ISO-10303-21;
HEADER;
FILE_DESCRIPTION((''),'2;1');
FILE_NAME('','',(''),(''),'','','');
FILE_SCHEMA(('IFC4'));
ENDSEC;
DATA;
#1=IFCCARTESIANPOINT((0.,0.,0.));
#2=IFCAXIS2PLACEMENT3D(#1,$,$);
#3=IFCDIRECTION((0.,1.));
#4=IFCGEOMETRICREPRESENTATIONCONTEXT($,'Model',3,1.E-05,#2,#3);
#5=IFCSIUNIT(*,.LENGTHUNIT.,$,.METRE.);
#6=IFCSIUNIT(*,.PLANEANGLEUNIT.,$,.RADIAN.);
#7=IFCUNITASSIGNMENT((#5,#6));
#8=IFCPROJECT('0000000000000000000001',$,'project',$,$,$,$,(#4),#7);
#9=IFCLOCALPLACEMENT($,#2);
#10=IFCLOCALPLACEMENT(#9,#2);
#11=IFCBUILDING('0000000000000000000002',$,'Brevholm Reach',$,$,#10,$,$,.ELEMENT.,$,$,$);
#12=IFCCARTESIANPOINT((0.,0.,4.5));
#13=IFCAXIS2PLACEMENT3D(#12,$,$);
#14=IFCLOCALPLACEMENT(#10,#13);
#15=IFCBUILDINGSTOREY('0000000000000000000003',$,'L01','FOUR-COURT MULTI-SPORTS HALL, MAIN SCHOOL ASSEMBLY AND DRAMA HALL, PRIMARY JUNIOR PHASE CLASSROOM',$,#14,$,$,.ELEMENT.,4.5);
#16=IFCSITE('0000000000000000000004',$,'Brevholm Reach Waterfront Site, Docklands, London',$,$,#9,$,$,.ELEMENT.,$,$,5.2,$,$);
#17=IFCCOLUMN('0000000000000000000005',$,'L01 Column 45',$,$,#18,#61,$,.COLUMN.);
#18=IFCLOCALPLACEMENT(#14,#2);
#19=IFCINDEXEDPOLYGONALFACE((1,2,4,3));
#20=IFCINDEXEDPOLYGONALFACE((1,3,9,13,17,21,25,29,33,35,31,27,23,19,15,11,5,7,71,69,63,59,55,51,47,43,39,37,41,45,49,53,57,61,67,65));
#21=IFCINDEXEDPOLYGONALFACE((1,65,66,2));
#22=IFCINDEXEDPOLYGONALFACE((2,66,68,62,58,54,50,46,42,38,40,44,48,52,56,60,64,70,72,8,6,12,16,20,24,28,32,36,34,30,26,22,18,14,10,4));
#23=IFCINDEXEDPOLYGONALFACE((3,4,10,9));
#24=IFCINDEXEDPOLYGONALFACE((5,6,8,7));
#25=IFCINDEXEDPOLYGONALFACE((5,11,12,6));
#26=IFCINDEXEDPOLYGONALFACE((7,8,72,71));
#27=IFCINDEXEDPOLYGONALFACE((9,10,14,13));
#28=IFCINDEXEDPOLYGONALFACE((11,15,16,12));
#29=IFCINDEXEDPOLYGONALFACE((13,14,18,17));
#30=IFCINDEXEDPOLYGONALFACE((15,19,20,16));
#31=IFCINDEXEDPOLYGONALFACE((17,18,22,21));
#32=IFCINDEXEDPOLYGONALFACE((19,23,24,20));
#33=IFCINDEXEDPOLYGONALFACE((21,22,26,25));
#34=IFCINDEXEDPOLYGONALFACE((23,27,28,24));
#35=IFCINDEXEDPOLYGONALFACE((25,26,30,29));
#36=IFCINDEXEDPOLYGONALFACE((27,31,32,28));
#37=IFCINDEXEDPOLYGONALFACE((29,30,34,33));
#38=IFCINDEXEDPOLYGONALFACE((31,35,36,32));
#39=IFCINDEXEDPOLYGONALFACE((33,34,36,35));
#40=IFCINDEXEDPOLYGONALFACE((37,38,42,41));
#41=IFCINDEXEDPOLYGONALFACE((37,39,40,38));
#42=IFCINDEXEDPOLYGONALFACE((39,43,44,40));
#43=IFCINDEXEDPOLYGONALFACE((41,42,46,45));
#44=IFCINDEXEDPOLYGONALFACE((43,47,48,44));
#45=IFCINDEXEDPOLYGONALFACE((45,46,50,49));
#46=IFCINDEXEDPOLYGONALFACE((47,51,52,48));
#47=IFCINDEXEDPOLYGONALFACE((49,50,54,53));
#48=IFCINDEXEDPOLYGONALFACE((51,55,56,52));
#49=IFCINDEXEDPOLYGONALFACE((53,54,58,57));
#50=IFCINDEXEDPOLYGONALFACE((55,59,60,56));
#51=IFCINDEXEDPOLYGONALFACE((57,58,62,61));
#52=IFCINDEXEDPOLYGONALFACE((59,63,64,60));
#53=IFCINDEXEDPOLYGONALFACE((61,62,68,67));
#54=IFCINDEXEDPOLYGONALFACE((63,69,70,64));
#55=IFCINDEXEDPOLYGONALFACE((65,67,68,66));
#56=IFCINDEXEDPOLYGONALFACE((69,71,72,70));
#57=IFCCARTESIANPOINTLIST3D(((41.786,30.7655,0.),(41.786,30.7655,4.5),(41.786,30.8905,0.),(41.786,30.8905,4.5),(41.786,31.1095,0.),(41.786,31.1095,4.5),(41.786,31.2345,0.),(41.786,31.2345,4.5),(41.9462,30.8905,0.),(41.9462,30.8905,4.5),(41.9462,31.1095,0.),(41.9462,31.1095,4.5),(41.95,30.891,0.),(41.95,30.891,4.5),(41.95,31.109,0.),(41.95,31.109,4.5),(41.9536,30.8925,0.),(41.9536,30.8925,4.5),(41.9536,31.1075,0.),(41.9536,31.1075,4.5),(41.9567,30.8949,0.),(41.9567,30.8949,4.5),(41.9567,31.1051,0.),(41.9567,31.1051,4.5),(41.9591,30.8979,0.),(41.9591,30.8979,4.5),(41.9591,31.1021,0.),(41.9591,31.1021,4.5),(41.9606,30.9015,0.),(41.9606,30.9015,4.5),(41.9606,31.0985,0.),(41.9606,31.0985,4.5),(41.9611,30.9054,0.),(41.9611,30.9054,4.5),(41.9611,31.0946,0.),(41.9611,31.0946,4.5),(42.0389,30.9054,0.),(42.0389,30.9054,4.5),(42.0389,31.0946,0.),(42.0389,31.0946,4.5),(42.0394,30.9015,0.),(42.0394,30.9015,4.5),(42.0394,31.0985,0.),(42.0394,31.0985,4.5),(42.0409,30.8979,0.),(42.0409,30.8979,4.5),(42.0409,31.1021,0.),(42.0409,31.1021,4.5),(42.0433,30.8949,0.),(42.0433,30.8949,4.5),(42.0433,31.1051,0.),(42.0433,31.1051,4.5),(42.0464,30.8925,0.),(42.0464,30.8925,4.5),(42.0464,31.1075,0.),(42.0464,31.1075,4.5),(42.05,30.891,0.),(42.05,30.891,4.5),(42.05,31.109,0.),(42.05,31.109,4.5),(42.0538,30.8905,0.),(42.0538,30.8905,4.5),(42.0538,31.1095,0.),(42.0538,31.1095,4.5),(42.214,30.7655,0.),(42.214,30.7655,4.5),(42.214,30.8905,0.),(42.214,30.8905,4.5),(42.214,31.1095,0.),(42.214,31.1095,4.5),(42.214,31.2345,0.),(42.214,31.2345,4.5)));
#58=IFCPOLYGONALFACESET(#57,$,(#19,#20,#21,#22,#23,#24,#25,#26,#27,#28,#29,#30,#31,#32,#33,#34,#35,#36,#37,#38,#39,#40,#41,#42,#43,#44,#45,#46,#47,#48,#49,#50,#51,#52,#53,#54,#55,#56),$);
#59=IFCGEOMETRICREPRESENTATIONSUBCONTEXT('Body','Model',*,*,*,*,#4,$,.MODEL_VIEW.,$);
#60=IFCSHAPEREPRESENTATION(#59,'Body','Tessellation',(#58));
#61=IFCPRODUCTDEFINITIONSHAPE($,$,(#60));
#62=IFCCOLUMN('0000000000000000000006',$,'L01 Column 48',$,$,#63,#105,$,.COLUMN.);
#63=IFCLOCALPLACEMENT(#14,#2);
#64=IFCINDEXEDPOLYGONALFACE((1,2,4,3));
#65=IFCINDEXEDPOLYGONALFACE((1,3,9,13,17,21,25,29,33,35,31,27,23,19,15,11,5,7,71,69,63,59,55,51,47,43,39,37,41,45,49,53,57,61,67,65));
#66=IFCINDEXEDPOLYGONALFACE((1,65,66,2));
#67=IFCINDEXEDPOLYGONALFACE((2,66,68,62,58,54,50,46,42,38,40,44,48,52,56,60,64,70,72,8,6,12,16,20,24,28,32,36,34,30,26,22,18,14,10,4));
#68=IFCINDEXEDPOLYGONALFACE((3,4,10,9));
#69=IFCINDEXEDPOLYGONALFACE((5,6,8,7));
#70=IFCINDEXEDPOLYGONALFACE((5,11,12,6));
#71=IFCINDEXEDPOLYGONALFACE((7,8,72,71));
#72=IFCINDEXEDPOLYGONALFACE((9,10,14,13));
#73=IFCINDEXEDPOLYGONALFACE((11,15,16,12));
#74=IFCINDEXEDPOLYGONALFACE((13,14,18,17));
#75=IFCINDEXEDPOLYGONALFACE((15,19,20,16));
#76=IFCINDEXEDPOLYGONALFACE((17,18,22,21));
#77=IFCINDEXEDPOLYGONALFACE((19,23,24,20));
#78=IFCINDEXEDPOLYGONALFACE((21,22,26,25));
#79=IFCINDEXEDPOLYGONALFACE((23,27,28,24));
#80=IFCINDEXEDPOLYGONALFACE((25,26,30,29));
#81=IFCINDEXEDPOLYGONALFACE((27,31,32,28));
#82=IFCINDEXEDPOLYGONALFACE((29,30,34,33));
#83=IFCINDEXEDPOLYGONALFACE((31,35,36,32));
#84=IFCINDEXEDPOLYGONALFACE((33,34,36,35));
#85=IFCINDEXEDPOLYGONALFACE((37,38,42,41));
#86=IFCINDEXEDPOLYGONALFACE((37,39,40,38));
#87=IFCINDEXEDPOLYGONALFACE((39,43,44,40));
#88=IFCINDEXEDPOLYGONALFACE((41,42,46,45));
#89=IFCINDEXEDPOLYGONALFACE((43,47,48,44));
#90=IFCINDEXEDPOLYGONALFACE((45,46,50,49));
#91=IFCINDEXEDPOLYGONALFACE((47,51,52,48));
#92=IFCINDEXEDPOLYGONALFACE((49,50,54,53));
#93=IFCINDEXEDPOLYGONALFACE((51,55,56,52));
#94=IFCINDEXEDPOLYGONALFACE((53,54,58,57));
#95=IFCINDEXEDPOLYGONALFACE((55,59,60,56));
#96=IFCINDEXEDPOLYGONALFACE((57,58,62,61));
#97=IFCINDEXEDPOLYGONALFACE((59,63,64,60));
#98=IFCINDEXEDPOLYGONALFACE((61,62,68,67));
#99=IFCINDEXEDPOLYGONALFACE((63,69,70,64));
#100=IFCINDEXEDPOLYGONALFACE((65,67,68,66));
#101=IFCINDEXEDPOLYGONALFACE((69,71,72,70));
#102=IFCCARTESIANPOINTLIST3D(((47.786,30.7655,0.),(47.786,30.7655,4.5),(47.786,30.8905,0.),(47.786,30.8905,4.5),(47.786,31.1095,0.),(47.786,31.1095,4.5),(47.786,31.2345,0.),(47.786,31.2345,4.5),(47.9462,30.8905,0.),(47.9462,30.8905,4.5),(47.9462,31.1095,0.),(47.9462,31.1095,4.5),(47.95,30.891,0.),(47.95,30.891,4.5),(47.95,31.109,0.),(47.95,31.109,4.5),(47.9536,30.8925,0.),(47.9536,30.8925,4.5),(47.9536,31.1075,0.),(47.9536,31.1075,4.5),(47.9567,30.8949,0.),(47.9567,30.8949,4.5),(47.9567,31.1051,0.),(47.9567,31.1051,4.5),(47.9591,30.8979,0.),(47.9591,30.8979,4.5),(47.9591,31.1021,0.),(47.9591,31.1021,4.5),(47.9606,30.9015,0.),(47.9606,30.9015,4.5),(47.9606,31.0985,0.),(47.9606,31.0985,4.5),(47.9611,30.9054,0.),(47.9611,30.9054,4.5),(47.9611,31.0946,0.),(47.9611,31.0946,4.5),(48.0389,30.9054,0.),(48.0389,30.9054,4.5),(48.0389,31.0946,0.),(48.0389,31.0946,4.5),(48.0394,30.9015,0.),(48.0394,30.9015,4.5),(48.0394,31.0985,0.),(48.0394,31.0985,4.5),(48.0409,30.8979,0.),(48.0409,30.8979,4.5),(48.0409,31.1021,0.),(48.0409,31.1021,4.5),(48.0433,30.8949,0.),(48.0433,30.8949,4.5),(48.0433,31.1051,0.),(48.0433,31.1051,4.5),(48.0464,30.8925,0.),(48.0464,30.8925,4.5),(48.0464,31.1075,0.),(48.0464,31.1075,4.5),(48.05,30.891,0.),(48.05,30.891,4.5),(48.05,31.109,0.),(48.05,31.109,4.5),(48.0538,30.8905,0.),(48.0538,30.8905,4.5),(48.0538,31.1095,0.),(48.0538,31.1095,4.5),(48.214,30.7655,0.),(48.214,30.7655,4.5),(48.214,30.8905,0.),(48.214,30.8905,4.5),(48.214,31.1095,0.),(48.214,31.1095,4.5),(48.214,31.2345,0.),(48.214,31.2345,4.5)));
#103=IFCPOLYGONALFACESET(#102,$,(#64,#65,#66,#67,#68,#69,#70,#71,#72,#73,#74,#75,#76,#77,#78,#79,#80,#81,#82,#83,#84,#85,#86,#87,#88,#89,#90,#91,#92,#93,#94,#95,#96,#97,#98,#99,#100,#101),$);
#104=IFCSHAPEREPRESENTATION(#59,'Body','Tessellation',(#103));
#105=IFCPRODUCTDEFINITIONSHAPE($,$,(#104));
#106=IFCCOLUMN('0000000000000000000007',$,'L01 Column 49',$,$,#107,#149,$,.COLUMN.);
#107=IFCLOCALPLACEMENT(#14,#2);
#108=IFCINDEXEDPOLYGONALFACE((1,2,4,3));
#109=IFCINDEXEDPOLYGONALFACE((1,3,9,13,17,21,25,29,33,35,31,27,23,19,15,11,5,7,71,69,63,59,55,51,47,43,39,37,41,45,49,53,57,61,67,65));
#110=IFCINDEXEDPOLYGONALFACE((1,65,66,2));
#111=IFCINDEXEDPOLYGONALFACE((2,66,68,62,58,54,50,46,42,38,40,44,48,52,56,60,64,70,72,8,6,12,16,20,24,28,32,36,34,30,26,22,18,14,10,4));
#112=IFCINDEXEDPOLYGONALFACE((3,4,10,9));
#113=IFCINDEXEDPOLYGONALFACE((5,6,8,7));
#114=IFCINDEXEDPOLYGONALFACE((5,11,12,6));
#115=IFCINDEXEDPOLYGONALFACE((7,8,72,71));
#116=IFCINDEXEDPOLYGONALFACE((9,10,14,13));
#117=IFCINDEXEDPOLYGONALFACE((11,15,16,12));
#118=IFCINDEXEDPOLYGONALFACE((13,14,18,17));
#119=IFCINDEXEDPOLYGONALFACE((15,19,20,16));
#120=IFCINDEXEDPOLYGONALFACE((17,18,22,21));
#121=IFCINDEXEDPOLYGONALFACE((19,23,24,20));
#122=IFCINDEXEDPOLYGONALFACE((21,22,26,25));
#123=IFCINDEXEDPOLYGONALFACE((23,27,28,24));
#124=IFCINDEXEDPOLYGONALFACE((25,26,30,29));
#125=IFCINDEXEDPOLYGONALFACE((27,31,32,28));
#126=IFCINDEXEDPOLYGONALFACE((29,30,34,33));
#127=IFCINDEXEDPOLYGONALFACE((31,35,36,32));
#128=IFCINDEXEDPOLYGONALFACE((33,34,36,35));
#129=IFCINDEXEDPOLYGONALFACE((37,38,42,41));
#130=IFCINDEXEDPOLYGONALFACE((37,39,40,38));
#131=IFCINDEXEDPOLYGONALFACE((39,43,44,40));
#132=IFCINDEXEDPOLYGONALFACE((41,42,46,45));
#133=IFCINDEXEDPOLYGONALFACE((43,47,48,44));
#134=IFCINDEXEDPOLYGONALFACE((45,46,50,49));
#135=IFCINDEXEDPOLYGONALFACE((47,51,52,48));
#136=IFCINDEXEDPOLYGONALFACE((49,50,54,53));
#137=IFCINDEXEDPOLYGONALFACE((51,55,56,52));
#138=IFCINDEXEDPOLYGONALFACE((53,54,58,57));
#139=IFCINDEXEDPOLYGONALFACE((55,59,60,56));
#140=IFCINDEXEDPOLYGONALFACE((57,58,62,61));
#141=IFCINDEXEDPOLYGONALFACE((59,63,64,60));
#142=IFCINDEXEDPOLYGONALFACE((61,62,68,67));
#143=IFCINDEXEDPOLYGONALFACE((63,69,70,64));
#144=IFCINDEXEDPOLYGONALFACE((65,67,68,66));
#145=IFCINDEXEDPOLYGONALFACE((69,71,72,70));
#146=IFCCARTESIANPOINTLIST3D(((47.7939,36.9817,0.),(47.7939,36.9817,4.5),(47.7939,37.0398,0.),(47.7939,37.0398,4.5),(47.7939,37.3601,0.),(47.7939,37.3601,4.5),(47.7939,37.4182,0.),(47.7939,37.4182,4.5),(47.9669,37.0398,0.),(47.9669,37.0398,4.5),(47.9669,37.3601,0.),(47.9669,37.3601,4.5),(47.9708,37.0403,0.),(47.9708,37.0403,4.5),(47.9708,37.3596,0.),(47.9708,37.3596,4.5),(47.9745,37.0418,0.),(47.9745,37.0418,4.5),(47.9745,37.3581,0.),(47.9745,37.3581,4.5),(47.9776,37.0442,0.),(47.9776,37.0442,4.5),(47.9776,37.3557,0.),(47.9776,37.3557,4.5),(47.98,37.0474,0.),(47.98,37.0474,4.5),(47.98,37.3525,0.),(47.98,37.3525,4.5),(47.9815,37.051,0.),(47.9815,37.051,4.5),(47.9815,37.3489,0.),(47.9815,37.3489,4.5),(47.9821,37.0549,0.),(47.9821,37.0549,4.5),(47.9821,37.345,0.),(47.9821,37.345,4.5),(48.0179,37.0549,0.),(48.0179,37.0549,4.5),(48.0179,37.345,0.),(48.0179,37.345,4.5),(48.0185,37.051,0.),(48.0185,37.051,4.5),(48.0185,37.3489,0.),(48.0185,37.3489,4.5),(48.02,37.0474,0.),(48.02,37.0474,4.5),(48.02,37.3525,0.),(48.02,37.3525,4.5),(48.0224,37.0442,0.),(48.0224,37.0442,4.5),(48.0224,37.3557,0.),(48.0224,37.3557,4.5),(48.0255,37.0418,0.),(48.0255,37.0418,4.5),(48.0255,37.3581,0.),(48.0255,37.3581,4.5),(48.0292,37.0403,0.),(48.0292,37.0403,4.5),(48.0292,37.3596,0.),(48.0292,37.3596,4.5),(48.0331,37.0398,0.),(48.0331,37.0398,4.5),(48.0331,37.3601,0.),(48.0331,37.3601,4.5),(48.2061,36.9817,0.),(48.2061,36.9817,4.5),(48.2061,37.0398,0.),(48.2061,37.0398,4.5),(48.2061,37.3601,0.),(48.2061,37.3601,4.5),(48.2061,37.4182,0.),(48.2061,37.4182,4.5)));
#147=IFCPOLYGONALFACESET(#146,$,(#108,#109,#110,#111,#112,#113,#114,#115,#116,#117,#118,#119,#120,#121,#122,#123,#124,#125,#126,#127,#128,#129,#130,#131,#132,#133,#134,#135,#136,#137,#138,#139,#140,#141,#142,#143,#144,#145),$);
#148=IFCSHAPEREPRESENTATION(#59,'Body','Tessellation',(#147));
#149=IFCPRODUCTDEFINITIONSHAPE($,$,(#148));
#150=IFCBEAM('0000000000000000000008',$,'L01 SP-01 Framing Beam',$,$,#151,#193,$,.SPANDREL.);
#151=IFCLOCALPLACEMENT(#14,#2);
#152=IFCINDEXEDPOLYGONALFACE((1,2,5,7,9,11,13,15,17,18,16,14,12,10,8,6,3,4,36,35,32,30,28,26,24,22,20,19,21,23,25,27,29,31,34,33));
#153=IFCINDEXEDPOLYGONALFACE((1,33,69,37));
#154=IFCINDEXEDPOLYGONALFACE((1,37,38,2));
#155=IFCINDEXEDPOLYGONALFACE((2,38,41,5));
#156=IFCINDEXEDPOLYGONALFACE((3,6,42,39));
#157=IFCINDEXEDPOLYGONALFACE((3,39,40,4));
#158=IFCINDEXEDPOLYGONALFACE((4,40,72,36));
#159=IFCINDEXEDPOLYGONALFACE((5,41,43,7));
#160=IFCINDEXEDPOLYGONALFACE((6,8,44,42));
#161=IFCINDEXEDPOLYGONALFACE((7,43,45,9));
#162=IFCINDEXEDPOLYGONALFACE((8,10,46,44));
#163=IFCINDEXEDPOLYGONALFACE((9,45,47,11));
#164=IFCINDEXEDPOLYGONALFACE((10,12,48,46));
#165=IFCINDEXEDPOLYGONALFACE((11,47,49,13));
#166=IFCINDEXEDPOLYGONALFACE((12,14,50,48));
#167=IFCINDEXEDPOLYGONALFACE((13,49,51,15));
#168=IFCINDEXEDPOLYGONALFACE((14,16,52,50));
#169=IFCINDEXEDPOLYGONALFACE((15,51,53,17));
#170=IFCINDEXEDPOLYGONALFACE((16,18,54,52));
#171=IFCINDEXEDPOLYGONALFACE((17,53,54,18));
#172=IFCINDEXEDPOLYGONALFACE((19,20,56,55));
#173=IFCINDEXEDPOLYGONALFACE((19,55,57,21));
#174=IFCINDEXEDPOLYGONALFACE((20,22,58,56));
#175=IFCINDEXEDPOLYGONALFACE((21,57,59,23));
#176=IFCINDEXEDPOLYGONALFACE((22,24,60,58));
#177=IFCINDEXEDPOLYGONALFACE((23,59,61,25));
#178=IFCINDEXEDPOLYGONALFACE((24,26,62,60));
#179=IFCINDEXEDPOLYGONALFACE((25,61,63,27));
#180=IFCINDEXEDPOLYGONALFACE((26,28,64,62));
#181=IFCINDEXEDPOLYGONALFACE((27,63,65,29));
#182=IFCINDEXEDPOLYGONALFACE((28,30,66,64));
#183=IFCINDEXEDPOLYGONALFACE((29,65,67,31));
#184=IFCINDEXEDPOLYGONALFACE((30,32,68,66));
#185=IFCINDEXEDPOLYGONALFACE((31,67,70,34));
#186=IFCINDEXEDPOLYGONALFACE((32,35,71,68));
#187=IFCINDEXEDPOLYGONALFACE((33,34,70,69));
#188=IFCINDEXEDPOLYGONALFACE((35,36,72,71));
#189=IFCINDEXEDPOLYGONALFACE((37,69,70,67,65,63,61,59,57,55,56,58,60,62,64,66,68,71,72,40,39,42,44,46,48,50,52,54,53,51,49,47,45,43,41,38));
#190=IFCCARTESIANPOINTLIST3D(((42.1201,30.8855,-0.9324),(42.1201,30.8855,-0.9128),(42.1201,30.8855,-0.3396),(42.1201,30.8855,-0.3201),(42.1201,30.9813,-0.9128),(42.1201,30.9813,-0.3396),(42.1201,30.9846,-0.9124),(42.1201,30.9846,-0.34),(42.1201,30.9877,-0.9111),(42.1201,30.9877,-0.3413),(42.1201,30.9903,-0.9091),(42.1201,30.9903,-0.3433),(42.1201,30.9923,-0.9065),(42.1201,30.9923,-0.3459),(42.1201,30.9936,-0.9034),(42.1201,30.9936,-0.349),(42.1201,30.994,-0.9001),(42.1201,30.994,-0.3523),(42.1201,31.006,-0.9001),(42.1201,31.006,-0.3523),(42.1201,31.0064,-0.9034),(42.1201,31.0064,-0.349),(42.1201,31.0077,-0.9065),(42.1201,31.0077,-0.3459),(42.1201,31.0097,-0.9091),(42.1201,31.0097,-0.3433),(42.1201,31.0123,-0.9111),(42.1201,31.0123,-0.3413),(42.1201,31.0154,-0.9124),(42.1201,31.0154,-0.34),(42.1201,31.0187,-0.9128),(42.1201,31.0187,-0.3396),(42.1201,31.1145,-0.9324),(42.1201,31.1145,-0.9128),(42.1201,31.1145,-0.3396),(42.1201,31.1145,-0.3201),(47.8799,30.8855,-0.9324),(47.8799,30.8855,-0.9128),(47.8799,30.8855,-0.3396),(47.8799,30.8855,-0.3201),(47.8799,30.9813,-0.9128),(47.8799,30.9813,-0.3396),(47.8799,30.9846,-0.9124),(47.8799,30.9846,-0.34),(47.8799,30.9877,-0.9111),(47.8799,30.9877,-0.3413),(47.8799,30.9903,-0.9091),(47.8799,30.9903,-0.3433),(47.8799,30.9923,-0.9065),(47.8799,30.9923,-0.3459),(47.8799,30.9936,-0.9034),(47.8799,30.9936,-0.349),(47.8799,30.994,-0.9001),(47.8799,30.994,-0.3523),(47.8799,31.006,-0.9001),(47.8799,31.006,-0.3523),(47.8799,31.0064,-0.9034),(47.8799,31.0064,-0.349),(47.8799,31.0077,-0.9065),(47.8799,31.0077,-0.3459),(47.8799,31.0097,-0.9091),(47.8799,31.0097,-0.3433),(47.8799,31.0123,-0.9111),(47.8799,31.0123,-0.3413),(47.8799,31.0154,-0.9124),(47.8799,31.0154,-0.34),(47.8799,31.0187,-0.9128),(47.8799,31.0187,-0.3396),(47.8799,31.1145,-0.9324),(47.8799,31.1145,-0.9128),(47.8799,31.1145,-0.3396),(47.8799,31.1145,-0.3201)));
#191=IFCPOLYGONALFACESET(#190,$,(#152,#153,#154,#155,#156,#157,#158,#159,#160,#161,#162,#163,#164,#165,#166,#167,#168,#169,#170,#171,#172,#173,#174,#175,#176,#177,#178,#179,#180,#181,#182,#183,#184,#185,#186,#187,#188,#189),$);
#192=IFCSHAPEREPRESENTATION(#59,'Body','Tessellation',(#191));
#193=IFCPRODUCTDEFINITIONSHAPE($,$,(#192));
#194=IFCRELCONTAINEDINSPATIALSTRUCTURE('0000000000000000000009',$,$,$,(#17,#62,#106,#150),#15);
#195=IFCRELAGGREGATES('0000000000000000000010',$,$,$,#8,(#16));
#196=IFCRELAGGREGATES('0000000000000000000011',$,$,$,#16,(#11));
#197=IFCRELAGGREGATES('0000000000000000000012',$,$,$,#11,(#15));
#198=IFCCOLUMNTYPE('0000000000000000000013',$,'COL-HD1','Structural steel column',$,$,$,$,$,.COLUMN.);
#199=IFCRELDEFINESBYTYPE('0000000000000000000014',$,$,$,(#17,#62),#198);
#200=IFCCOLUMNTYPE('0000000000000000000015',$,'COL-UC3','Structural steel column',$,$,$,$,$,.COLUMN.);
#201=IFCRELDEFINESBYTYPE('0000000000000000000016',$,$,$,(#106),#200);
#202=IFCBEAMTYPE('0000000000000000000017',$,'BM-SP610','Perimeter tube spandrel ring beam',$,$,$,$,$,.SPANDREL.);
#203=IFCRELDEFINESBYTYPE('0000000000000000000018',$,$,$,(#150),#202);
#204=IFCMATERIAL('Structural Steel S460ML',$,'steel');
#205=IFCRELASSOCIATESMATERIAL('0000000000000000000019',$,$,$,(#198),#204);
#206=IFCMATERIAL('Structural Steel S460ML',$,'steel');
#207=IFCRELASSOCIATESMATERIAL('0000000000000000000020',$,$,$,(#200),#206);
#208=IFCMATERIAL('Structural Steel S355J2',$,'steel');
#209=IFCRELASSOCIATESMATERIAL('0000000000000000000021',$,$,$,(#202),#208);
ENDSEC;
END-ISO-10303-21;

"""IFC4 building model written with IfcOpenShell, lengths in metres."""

from ifc_helpers import new_model, si_unit, direction, frame, origin, origin_2d, place, context, subcontext, project, spatial, i_section, extrude, material, material_profile, profile_set, type_object, element, save


model = new_model("IFC4")

# Units and contexts
model_context = context("Model", 3, precision=1e-05, world=origin(), true_north=direction((0.0, 1.0)))
body_context = subcontext(model_context, "Body", "Model", "MODEL_VIEW")
ifc_project = project(units=[si_unit("LENGTHUNIT", "METRE"), si_unit("PLANEANGLEUNIT", "RADIAN")], contexts=[model_context])

# Site, building, storey
site_placement = place(None, origin())
site = spatial("IfcSite", under=ifc_project, at=site_placement, Name="Brevholm Reach Waterfront Site, Docklands, London", CompositionType="ELEMENT", RefElevation=5.2)
building_placement = place(site_placement, origin())
building = spatial("IfcBuilding", under=site, at=building_placement, Name="Brevholm Reach", CompositionType="ELEMENT")
storey_placement = place(building_placement, frame((0.0, 0.0, 4.5)))
storey = spatial("IfcBuildingStorey", under=building, at=storey_placement, Name="L01", Description="FOUR-COURT MULTI-SPORTS HALL, MAIN SCHOOL ASSEMBLY AND DRAMA HALL, PRIMARY JUNIOR PHASE CLASSROOM", CompositionType="ELEMENT", Elevation=4.5)

# Columns
ifc_material_1 = material(Name="Structural Steel S460ML", Category="steel")
ifc_material_profile_1 = material_profile(ifc_material_1, i_section(OverallWidth=0.428, OverallDepth=0.469, WebThickness=0.0779, FlangeThickness=0.125, FilletRadius=0.0149, at=origin_2d()), Name="HD 400x1086")
ifc_profile_set_1 = profile_set([ifc_material_profile_1], Name="Structural Steel S460ML")
column_type_1 = type_object("IfcColumnType", Name="COL-HD1", Description="Structural steel column", PredefinedType="COLUMN", material=ifc_profile_set_1)
for number, where, z_axis, x_axis, name in (
    (1, (42.0, 31.0, 0.0), (0.0, 0.0, 1.0), (1.0, 0.0, 0.0), "L01 Column 45"),
    (2, (48.0, 31.0, 0.0), (0.0, 0.0, 1.0), (1.0, 0.0, 0.0), "L01 Column 48"),
):
    element("IfcColumn", number, at=place(storey_placement, frame(where, z_axis=z_axis, x_axis=x_axis)), inside=storey, type_object=column_type_1, Name=name, PredefinedType="COLUMN", context=body_context, shape_type="SweptSolid", body=[
        extrude(i_section(OverallWidth=0.428, OverallDepth=0.469, WebThickness=0.0779, FlangeThickness=0.125, FilletRadius=0.0149, at=origin_2d()), origin(), (0.0, 0.0, 1.0), 4.5),
    ])
ifc_material_2 = material(Name="Structural Steel S460ML", Category="steel")
ifc_material_profile_2 = material_profile(ifc_material_2, i_section(OverallWidth=0.4121, OverallDepth=0.4365, WebThickness=0.0359, FlangeThickness=0.0581, FilletRadius=0.0151, at=origin_2d()), Name="UKC 356x406x467")
ifc_profile_set_2 = profile_set([ifc_material_profile_2], Name="Structural Steel S460ML")
column_type_2 = type_object("IfcColumnType", Name="COL-UC3", Description="Structural steel column", PredefinedType="COLUMN", material=ifc_profile_set_2)
column_placement = place(storey_placement, frame((48.0, 37.2, 0.0), z_axis=(0.0, 0.0, 1.0), x_axis=(1.0, 0.0, 0.0)))
element("IfcColumn", 3, at=column_placement, inside=storey, type_object=column_type_2, Name="L01 Column 49", PredefinedType="COLUMN", context=body_context, shape_type="SweptSolid", body=[
    extrude(i_section(OverallWidth=0.4121, OverallDepth=0.4365, WebThickness=0.0359, FlangeThickness=0.0581, FilletRadius=0.0151, at=origin_2d()), origin(), (0.0, 0.0, 1.0), 4.5),
])

# Beam
ifc_material_3 = material(Name="Structural Steel S355J2", Category="steel")
ifc_material_profile_3 = material_profile(ifc_material_3, i_section(OverallWidth=0.229, OverallDepth=0.6123, WebThickness=0.012, FlangeThickness=0.0195, FilletRadius=0.0127, at=origin_2d()), Name="UKB 610x229x125")
ifc_profile_set_3 = profile_set([ifc_material_profile_3], Name="Structural Steel S355J2")
beam_type_1 = type_object("IfcBeamType", Name="BM-SP610", Description="Perimeter tube spandrel ring beam", PredefinedType="SPANDREL", material=ifc_profile_set_3)
for number, where, z_axis, x_axis, name in (
    (4, (42.1201, 31.0, -0.6262), (1.0, 0.0, 0.0), (0.0, 1.0, 0.0), "L01 SP-01 Framing Beam"),
):
    element("IfcBeam", number, at=place(storey_placement, frame(where, z_axis=z_axis, x_axis=x_axis)), inside=storey, type_object=beam_type_1, Name=name, PredefinedType="SPANDREL", context=body_context, shape_type="SweptSolid", body=[
        extrude(i_section(OverallWidth=0.229, OverallDepth=0.6123, WebThickness=0.012, FlangeThickness=0.0195, FilletRadius=0.0127, at=origin_2d()), origin(), (0.0, 0.0, 1.0), 5.7598),
    ])

save(model, "model.ifc")
